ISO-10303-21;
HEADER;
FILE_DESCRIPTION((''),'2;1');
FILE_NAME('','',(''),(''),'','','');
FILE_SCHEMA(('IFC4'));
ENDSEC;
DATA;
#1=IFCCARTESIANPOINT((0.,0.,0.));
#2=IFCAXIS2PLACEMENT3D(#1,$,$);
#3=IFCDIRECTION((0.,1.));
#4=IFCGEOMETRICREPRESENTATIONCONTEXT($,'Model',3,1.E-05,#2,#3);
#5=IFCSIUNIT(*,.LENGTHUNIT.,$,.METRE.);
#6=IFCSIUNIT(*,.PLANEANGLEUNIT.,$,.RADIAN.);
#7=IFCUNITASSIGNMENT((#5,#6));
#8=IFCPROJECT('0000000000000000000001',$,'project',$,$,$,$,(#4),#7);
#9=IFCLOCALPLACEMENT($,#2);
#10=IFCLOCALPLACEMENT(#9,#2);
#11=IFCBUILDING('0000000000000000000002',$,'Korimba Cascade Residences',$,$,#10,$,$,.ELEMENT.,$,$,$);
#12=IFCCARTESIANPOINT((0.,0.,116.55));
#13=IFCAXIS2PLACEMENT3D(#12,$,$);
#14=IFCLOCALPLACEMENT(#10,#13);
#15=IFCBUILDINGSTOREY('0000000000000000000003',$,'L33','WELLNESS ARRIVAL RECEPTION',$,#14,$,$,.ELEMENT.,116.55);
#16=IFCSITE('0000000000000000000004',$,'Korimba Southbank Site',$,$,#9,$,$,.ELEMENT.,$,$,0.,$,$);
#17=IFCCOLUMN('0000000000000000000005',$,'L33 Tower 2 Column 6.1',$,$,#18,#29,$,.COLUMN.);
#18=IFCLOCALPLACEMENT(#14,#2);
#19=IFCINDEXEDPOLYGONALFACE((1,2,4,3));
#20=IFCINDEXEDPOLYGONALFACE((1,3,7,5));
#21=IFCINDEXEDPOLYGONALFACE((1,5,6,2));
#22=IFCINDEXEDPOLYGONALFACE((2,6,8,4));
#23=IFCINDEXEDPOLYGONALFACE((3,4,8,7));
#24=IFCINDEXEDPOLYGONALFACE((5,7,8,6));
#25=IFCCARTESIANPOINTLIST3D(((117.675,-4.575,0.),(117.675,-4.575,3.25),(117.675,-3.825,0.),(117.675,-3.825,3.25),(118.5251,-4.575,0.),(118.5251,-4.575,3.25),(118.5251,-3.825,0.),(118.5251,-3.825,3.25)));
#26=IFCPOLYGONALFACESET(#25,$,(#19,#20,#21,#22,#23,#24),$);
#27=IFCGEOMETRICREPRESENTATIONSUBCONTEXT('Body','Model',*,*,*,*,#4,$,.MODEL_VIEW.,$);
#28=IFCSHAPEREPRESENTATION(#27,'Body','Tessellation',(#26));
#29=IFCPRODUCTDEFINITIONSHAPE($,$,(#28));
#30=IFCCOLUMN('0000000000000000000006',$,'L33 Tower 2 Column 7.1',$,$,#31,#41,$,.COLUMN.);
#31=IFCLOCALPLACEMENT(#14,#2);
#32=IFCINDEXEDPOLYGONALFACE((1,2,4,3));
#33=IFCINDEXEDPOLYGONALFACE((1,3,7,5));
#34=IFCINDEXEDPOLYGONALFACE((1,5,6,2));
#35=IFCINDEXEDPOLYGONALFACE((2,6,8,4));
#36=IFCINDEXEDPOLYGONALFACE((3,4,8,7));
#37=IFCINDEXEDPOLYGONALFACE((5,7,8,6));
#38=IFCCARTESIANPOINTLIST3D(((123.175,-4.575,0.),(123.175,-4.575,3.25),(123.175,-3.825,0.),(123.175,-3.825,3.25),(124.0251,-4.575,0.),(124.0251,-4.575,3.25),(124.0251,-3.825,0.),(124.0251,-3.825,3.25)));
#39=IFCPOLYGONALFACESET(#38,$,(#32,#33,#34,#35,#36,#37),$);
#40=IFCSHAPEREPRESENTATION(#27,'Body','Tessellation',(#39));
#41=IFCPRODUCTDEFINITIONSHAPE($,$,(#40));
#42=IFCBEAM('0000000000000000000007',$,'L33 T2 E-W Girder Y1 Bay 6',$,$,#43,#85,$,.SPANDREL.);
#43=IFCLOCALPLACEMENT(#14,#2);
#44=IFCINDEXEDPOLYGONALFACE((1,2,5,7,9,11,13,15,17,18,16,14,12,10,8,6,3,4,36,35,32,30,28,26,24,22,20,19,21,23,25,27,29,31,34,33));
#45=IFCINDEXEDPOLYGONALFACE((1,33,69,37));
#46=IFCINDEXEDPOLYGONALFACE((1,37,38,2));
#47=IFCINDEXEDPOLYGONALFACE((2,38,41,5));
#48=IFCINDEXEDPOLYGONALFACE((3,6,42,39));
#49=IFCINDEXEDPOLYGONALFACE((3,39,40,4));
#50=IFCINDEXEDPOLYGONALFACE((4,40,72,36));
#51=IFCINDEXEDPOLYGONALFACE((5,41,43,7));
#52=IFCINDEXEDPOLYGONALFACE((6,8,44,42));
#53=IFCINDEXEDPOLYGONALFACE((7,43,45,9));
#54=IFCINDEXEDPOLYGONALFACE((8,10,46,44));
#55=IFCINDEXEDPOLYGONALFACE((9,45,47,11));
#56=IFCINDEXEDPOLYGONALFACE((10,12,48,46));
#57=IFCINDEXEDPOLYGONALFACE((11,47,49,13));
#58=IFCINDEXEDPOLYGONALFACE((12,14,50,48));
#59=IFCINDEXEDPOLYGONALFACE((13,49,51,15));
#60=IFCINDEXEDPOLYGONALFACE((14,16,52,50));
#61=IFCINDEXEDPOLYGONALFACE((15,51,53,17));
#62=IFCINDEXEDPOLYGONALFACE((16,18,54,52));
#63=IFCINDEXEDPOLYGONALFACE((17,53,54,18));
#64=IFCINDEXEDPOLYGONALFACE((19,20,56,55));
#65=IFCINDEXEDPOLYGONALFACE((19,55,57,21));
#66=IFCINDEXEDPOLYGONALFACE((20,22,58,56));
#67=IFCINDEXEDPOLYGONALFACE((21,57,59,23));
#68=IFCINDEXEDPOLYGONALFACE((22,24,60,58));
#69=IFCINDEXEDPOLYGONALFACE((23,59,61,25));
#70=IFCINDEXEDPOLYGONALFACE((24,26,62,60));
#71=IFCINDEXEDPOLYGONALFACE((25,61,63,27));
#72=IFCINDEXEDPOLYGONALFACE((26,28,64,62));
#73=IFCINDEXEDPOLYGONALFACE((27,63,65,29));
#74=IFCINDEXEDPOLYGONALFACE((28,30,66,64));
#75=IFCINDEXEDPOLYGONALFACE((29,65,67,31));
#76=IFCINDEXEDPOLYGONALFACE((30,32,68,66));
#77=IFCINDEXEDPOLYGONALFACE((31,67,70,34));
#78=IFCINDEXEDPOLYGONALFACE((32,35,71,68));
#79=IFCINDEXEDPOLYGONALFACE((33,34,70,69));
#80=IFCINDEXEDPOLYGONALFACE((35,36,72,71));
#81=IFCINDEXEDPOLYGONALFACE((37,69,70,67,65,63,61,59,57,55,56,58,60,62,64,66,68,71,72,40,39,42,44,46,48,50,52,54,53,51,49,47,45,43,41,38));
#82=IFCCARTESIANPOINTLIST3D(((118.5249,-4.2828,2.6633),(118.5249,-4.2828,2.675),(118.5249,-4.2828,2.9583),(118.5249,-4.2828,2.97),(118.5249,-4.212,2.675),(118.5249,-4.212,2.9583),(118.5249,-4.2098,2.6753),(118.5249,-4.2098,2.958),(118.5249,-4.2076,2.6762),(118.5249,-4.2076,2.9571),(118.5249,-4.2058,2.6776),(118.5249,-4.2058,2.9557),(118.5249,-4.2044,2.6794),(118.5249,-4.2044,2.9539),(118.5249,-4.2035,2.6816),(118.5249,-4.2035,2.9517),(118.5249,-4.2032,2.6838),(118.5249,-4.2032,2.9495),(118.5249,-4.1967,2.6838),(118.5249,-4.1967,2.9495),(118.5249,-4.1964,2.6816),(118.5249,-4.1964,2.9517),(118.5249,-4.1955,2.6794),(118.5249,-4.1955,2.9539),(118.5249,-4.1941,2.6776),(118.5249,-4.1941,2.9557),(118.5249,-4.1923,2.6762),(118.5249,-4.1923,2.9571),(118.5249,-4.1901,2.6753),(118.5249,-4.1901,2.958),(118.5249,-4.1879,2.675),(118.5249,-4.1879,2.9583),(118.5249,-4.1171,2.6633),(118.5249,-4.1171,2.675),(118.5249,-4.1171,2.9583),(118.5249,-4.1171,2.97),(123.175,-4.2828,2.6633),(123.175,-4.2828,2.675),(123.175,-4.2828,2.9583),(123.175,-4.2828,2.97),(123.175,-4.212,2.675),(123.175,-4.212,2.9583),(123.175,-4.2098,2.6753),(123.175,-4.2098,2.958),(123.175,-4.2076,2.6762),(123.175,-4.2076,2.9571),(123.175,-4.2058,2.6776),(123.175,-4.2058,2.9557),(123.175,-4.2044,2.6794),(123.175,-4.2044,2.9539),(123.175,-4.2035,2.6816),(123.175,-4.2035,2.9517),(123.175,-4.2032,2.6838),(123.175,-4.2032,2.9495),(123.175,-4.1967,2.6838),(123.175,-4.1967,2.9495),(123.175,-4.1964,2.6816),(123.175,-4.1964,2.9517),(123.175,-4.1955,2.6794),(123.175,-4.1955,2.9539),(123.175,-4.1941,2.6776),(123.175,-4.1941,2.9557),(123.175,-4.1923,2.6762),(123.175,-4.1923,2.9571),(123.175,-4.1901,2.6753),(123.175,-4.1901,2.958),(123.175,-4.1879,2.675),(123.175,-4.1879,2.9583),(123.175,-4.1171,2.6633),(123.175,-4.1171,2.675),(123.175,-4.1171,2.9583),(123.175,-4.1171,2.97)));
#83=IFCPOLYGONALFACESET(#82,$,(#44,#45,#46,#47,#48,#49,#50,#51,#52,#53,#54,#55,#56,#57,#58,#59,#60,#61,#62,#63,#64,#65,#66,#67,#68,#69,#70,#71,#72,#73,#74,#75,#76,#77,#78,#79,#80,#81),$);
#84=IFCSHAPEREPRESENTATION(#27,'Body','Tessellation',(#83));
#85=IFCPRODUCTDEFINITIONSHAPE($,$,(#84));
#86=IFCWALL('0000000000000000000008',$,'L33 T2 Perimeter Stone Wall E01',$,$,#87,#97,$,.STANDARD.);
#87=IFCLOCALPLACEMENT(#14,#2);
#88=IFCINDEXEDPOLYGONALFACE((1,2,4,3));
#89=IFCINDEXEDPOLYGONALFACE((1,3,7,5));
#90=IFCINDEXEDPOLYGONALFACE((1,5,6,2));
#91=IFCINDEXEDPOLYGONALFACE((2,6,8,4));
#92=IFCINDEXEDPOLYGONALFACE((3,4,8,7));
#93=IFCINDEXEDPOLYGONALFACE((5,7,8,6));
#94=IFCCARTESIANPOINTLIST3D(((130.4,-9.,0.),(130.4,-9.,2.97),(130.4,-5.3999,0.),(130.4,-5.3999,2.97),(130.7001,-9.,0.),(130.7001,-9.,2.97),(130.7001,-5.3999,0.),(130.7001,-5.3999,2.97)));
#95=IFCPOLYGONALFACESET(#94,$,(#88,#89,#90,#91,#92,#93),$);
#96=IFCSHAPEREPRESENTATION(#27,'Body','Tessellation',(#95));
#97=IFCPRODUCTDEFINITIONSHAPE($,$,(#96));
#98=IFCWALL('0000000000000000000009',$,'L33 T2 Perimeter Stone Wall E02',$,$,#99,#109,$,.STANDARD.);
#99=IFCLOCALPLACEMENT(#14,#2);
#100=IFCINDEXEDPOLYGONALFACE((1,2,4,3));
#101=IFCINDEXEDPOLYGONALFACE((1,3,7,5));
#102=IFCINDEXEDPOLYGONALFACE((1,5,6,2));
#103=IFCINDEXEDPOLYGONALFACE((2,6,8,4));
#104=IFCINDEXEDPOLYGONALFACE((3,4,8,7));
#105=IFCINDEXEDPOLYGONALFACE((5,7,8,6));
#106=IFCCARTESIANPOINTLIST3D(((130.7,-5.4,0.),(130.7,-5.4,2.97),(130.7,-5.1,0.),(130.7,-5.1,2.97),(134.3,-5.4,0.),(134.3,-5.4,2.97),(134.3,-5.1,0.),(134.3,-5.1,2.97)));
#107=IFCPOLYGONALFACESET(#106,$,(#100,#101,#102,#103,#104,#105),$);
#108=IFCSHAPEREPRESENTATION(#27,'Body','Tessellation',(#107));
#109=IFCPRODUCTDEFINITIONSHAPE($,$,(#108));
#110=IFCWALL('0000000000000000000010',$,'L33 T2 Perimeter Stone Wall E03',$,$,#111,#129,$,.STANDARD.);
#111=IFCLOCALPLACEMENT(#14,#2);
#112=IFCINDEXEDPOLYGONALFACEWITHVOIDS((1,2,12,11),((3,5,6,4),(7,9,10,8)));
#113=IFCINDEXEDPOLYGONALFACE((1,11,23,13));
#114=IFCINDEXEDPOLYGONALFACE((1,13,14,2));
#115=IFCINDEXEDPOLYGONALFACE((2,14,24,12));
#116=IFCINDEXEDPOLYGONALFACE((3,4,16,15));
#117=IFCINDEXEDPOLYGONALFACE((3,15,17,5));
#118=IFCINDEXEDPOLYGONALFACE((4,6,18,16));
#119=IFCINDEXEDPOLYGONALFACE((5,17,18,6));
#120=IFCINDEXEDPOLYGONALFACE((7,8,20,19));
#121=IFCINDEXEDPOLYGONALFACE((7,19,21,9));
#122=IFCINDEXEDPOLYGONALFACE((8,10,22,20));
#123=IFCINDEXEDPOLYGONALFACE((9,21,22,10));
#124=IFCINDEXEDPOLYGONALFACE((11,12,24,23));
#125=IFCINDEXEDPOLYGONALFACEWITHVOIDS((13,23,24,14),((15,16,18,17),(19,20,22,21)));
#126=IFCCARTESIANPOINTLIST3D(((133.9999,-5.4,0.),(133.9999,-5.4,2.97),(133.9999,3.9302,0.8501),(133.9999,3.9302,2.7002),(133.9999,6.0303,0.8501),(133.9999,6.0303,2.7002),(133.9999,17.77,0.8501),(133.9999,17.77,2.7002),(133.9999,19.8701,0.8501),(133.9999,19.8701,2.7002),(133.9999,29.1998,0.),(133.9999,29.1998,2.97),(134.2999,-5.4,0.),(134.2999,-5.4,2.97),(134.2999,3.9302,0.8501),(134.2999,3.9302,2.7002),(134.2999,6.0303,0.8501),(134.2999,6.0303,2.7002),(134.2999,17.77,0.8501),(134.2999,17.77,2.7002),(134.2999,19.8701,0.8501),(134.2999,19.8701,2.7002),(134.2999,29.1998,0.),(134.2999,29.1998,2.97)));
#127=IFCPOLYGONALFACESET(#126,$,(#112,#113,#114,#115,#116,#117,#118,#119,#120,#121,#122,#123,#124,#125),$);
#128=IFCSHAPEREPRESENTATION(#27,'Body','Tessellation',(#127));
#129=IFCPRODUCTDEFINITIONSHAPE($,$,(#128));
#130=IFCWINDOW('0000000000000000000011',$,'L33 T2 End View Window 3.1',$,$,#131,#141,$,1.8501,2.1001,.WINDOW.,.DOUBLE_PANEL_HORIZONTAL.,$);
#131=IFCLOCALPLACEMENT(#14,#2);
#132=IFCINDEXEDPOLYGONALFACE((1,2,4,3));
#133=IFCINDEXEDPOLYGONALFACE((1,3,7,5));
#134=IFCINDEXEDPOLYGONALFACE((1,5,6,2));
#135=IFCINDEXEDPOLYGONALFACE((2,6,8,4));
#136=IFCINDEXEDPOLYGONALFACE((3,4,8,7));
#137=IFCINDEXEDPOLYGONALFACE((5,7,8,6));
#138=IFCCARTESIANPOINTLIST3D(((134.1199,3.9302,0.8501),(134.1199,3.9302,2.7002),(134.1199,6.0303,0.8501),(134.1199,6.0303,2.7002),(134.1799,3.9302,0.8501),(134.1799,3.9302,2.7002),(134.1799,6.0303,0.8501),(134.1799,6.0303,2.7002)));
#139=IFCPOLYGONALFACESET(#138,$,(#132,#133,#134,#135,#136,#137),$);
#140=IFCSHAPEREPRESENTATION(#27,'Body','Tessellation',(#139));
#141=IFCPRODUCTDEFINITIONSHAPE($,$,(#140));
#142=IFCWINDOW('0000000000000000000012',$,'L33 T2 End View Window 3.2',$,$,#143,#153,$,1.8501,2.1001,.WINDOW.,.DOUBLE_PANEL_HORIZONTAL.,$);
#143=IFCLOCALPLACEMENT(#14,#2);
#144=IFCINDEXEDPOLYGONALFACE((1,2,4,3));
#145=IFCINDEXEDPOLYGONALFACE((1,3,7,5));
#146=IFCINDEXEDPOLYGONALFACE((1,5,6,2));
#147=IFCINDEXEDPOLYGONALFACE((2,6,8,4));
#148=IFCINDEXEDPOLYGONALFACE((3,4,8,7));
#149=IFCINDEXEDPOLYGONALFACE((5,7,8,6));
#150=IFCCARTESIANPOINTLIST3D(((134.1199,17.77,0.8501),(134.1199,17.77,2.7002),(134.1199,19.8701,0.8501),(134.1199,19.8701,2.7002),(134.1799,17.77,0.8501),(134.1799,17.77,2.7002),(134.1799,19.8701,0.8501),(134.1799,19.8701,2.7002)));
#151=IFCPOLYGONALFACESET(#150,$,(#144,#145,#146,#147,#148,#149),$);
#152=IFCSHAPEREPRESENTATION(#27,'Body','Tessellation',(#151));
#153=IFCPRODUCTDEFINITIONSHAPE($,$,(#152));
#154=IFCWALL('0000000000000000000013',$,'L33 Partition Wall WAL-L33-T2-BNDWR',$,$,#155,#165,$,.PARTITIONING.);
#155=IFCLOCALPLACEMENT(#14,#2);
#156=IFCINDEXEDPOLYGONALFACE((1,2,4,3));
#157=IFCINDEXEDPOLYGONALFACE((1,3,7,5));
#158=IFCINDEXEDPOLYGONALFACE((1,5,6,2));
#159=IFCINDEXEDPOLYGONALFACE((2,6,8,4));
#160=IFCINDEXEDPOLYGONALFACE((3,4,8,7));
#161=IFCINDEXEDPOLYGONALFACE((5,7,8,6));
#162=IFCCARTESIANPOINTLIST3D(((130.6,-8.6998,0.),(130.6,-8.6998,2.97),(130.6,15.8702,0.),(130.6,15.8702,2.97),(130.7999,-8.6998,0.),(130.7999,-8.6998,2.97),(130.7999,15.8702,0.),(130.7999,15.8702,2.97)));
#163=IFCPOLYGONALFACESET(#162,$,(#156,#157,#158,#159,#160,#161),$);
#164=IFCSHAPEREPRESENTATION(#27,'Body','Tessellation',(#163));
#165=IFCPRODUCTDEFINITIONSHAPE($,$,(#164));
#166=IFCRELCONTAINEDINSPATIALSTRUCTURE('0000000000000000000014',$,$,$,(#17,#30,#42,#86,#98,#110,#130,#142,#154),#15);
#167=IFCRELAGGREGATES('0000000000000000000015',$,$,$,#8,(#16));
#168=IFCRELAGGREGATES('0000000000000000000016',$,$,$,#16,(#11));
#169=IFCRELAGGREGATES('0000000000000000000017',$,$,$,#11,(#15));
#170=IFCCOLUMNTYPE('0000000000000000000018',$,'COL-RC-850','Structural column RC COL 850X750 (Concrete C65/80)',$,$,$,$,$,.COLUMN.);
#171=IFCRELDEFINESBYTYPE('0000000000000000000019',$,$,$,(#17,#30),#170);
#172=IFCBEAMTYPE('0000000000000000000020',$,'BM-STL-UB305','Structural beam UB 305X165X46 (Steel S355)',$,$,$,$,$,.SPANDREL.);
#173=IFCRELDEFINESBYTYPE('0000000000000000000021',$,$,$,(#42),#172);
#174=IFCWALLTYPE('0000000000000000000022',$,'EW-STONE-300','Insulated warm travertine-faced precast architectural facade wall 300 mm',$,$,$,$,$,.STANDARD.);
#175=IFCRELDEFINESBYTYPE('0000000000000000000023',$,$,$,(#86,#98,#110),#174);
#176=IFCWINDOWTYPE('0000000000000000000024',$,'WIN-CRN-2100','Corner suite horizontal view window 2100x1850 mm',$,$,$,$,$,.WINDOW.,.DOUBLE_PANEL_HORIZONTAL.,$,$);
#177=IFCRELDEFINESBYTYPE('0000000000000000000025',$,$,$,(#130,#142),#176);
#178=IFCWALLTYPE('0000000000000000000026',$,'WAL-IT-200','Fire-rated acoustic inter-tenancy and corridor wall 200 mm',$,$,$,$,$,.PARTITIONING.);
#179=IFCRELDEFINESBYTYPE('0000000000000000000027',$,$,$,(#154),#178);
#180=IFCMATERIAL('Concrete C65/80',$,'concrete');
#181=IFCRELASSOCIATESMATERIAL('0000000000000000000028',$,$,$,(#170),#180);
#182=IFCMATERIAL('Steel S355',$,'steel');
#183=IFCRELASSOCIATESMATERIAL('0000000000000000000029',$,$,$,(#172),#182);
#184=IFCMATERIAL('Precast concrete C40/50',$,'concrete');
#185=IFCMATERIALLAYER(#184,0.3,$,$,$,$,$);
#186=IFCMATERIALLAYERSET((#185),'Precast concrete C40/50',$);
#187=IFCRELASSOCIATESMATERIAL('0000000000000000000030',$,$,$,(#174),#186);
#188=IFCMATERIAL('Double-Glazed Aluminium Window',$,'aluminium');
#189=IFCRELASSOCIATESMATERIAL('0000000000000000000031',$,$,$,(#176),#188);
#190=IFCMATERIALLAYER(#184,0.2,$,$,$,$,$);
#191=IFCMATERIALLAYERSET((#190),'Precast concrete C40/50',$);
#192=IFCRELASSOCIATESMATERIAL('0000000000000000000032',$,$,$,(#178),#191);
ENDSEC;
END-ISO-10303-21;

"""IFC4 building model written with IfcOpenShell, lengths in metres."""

from ifc_helpers import new_model, si_unit, direction, frame, frame_2d, origin, origin_2d, place, context, subcontext, project, spatial, rectangle, i_section, extrude, material, layer, layer_set, material_profile, profile_set, type_object, element, fill, save


model = new_model("IFC4")

# Units and contexts
model_context = context("Model", 3, precision=1e-05, world=origin(), true_north=direction((0.0, 1.0)))
body_context = subcontext(model_context, "Body", "Model", "MODEL_VIEW")
ifc_project = project(units=[si_unit("LENGTHUNIT", "METRE"), si_unit("PLANEANGLEUNIT", "RADIAN")], contexts=[model_context])

# Site, building, storey
site_placement = place(None, origin())
site = spatial("IfcSite", under=ifc_project, at=site_placement, Name="Korimba Southbank Site", CompositionType="ELEMENT", RefElevation=0.0)
building_placement = place(site_placement, origin())
building = spatial("IfcBuilding", under=site, at=building_placement, Name="Korimba Cascade Residences", CompositionType="ELEMENT")
storey_placement = place(building_placement, frame((0.0, 0.0, 116.55)))
storey = spatial("IfcBuildingStorey", under=building, at=storey_placement, Name="L33", Description="WELLNESS ARRIVAL RECEPTION", CompositionType="ELEMENT", Elevation=116.55)

# Columns
ifc_material_1 = material(Name="Concrete C65/80", Category="concrete")
ifc_material_profile_1 = material_profile(ifc_material_1, rectangle(XDim=0.8501, YDim=0.75, at=origin_2d()), Name="Concrete C65/80")
ifc_profile_set_1 = profile_set([ifc_material_profile_1], Name="Concrete C65/80")
column_type = type_object("IfcColumnType", Name="COL-RC-850", Description="Structural column RC COL 850X750 (Concrete C65/80)", PredefinedType="COLUMN", material=ifc_profile_set_1)
for number, where, z_axis, x_axis, name in (
    (1, (118.1001, -4.2, 0.0), (0.0, 0.0, 1.0), (1.0, 0.0, 0.0), "L33 Tower 2 Column 6.1"),
    (2, (123.6001, -4.2, 0.0), (0.0, 0.0, 1.0), (1.0, 0.0, 0.0), "L33 Tower 2 Column 7.1"),
):
    element("IfcColumn", number, at=place(storey_placement, frame(where, z_axis=z_axis, x_axis=x_axis)), inside=storey, type_object=column_type, Name=name, PredefinedType="COLUMN", context=body_context, shape_type="SweptSolid", body=[
        extrude(rectangle(XDim=0.8501, YDim=0.75, at=origin_2d()), origin(), (0.0, 0.0, 1.0), 3.25),
    ])

# Beam
ifc_material_2 = material(Name="Steel S355", Category="steel")
ifc_material_profile_2 = material_profile(ifc_material_2, i_section(OverallWidth=0.1658, OverallDepth=0.3066, WebThickness=0.0066, FlangeThickness=0.0117, FilletRadius=0.0088, at=origin_2d()), Name="Steel S355")
ifc_profile_set_2 = profile_set([ifc_material_profile_2], Name="Steel S355")
beam_type = type_object("IfcBeamType", Name="BM-STL-UB305", Description="Structural beam UB 305X165X46 (Steel S355)", PredefinedType="SPANDREL", material=ifc_profile_set_2)
beam_placement = place(storey_placement, frame((118.5249, -4.2, 2.8167), z_axis=(1.0, 0.0, 0.0), x_axis=(0.0, 1.0, 0.0)))
element("IfcBeam", 3, at=beam_placement, inside=storey, type_object=beam_type, Name="L33 T2 E-W Girder Y1 Bay 6", PredefinedType="SPANDREL", context=body_context, shape_type="SweptSolid", body=[
    extrude(i_section(OverallWidth=0.1658, OverallDepth=0.3066, WebThickness=0.0066, FlangeThickness=0.0117, FilletRadius=0.0088, at=origin_2d()), origin(), (0.0, 0.0, 1.0), 4.6501),
])

# Walls
ifc_material_3 = material(Name="Precast concrete C40/50", Category="concrete")
ifc_layer_1 = layer(ifc_material_3, 0.3)
ifc_layer_set_1 = layer_set([ifc_layer_1], Name="Precast concrete C40/50")
wall_type_1 = type_object("IfcWallType", Name="EW-STONE-300", Description="Insulated warm travertine-faced precast architectural facade wall 300 mm", PredefinedType="STANDARD", material=ifc_layer_set_1)
for number, where, z_axis, x_axis, name in (
    (4, (130.55, -9.0, 0.0), (0.0, 0.0, 1.0), (0.0, 1.0, 0.0), "L33 T2 Perimeter Stone Wall E01"),
    (5, (130.7, -5.25, 0.0), (0.0, 0.0, 1.0), (1.0, 0.0, 0.0), "L33 T2 Perimeter Stone Wall E02"),
):
    element("IfcWall", number, at=place(storey_placement, frame(where, z_axis=z_axis, x_axis=x_axis)), inside=storey, type_object=wall_type_1, Name=name, PredefinedType="STANDARD", context=body_context, shape_type="SweptSolid", body=[
        extrude(rectangle(XDim=3.6001, YDim=0.3, at=frame_2d((1.8, 0.0))), origin(), (0.0, 0.0, 1.0), 2.97),
    ])

# Wall, openings, windows
wall_1_placement = place(storey_placement, frame((134.1499, -5.3999, 0.0), z_axis=(0.0, 0.0, 1.0), x_axis=(0.0, 1.0, 0.0)))
wall_1 = element("IfcWall", 6, at=wall_1_placement, inside=storey, type_object=wall_type_1, Name="L33 T2 Perimeter Stone Wall E03", PredefinedType="STANDARD", context=body_context, shape_type="SweptSolid", body=[
    extrude(rectangle(XDim=34.5999, YDim=0.3, at=frame_2d((17.2998, 0.0))), origin(), (0.0, 0.0, 1.0), 2.97),
])
opening_1_placement = place(wall_1_placement, frame((9.3301, 0.0, 0.8501)))
opening_1 = element("IfcOpeningElement", 7, at=opening_1_placement, cuts=wall_1, PredefinedType="OPENING", context=body_context, shape_type="SweptSolid", body=[
    extrude(rectangle(XDim=2.1001, YDim=1.8501, at=frame_2d((1.05, 0.925))), frame((0.0, 0.1602, 0.0), z_axis=(0.0, -1.0, 0.0), x_axis=(1.0, 0.0, 0.0)), (0.0, 0.0, 1.0), 0.3201),
])
opening_2_placement = place(wall_1_placement, frame((23.1699, 0.0, 0.8501)))
opening_2 = element("IfcOpeningElement", 8, at=opening_2_placement, cuts=wall_1, PredefinedType="OPENING", context=body_context, shape_type="SweptSolid", body=[
    extrude(rectangle(XDim=2.1001, YDim=1.8501, at=frame_2d((1.05, 0.925))), frame((0.0, 0.1602, 0.0), z_axis=(0.0, -1.0, 0.0), x_axis=(1.0, 0.0, 0.0)), (0.0, 0.0, 1.0), 0.3201),
])
ifc_material_4 = material(Name="Double-Glazed Aluminium Window", Category="aluminium")
window_type = type_object("IfcWindowType", Name="WIN-CRN-2100", Description="Corner suite horizontal view window 2100x1850 mm", PartitioningType="DOUBLE_PANEL_HORIZONTAL", PredefinedType="WINDOW", material=ifc_material_4)
window_1_placement = place(opening_1_placement, origin())
window_1 = element("IfcWindow", 9, at=window_1_placement, inside=storey, type_object=window_type, Name="L33 T2 End View Window 3.1", OverallHeight=1.8501, OverallWidth=2.1001, PartitioningType="DOUBLE_PANEL_HORIZONTAL", PredefinedType="WINDOW", context=body_context, shape_type="SweptSolid", body=[
    extrude(rectangle(XDim=2.1001, YDim=1.8501, at=frame_2d((1.05, 0.925))), frame((0.0, 0.03, 0.0), z_axis=(0.0, -1.0, 0.0), x_axis=(1.0, 0.0, 0.0)), (0.0, 0.0, 1.0), 0.0601),
])
fill(opening_1, window_1)
window_2_placement = place(opening_2_placement, origin())
window_2 = element("IfcWindow", 10, at=window_2_placement, inside=storey, type_object=window_type, Name="L33 T2 End View Window 3.2", OverallHeight=1.8501, OverallWidth=2.1001, PartitioningType="DOUBLE_PANEL_HORIZONTAL", PredefinedType="WINDOW", context=body_context, shape_type="SweptSolid", body=[
    extrude(rectangle(XDim=2.1001, YDim=1.8501, at=frame_2d((1.05, 0.925))), frame((0.0, 0.03, 0.0), z_axis=(0.0, -1.0, 0.0), x_axis=(1.0, 0.0, 0.0)), (0.0, 0.0, 1.0), 0.0601),
])
fill(opening_2, window_2)

# Wall
ifc_layer_2 = layer(ifc_material_3, 0.2)
ifc_layer_set_2 = layer_set([ifc_layer_2], Name="Precast concrete C40/50")
wall_type_2 = type_object("IfcWallType", Name="WAL-IT-200", Description="Fire-rated acoustic inter-tenancy and corridor wall 200 mm", PredefinedType="PARTITIONING", material=ifc_layer_set_2)
wall_2_placement = place(storey_placement, frame((130.7, -8.7, 0.0), z_axis=(0.0, 0.0, 1.0), x_axis=(0.0, 1.0, 0.0)))
element("IfcWall", 11, at=wall_2_placement, inside=storey, type_object=wall_type_2, Name="L33 Partition Wall WAL-L33-T2-BNDWR", PredefinedType="PARTITIONING", context=body_context, shape_type="SweptSolid", body=[
    extrude(rectangle(XDim=24.5701, YDim=0.2, at=frame_2d((12.2852, 0.0))), origin(), (0.0, 0.0, 1.0), 2.97),
])

save(model, "model.ifc")
